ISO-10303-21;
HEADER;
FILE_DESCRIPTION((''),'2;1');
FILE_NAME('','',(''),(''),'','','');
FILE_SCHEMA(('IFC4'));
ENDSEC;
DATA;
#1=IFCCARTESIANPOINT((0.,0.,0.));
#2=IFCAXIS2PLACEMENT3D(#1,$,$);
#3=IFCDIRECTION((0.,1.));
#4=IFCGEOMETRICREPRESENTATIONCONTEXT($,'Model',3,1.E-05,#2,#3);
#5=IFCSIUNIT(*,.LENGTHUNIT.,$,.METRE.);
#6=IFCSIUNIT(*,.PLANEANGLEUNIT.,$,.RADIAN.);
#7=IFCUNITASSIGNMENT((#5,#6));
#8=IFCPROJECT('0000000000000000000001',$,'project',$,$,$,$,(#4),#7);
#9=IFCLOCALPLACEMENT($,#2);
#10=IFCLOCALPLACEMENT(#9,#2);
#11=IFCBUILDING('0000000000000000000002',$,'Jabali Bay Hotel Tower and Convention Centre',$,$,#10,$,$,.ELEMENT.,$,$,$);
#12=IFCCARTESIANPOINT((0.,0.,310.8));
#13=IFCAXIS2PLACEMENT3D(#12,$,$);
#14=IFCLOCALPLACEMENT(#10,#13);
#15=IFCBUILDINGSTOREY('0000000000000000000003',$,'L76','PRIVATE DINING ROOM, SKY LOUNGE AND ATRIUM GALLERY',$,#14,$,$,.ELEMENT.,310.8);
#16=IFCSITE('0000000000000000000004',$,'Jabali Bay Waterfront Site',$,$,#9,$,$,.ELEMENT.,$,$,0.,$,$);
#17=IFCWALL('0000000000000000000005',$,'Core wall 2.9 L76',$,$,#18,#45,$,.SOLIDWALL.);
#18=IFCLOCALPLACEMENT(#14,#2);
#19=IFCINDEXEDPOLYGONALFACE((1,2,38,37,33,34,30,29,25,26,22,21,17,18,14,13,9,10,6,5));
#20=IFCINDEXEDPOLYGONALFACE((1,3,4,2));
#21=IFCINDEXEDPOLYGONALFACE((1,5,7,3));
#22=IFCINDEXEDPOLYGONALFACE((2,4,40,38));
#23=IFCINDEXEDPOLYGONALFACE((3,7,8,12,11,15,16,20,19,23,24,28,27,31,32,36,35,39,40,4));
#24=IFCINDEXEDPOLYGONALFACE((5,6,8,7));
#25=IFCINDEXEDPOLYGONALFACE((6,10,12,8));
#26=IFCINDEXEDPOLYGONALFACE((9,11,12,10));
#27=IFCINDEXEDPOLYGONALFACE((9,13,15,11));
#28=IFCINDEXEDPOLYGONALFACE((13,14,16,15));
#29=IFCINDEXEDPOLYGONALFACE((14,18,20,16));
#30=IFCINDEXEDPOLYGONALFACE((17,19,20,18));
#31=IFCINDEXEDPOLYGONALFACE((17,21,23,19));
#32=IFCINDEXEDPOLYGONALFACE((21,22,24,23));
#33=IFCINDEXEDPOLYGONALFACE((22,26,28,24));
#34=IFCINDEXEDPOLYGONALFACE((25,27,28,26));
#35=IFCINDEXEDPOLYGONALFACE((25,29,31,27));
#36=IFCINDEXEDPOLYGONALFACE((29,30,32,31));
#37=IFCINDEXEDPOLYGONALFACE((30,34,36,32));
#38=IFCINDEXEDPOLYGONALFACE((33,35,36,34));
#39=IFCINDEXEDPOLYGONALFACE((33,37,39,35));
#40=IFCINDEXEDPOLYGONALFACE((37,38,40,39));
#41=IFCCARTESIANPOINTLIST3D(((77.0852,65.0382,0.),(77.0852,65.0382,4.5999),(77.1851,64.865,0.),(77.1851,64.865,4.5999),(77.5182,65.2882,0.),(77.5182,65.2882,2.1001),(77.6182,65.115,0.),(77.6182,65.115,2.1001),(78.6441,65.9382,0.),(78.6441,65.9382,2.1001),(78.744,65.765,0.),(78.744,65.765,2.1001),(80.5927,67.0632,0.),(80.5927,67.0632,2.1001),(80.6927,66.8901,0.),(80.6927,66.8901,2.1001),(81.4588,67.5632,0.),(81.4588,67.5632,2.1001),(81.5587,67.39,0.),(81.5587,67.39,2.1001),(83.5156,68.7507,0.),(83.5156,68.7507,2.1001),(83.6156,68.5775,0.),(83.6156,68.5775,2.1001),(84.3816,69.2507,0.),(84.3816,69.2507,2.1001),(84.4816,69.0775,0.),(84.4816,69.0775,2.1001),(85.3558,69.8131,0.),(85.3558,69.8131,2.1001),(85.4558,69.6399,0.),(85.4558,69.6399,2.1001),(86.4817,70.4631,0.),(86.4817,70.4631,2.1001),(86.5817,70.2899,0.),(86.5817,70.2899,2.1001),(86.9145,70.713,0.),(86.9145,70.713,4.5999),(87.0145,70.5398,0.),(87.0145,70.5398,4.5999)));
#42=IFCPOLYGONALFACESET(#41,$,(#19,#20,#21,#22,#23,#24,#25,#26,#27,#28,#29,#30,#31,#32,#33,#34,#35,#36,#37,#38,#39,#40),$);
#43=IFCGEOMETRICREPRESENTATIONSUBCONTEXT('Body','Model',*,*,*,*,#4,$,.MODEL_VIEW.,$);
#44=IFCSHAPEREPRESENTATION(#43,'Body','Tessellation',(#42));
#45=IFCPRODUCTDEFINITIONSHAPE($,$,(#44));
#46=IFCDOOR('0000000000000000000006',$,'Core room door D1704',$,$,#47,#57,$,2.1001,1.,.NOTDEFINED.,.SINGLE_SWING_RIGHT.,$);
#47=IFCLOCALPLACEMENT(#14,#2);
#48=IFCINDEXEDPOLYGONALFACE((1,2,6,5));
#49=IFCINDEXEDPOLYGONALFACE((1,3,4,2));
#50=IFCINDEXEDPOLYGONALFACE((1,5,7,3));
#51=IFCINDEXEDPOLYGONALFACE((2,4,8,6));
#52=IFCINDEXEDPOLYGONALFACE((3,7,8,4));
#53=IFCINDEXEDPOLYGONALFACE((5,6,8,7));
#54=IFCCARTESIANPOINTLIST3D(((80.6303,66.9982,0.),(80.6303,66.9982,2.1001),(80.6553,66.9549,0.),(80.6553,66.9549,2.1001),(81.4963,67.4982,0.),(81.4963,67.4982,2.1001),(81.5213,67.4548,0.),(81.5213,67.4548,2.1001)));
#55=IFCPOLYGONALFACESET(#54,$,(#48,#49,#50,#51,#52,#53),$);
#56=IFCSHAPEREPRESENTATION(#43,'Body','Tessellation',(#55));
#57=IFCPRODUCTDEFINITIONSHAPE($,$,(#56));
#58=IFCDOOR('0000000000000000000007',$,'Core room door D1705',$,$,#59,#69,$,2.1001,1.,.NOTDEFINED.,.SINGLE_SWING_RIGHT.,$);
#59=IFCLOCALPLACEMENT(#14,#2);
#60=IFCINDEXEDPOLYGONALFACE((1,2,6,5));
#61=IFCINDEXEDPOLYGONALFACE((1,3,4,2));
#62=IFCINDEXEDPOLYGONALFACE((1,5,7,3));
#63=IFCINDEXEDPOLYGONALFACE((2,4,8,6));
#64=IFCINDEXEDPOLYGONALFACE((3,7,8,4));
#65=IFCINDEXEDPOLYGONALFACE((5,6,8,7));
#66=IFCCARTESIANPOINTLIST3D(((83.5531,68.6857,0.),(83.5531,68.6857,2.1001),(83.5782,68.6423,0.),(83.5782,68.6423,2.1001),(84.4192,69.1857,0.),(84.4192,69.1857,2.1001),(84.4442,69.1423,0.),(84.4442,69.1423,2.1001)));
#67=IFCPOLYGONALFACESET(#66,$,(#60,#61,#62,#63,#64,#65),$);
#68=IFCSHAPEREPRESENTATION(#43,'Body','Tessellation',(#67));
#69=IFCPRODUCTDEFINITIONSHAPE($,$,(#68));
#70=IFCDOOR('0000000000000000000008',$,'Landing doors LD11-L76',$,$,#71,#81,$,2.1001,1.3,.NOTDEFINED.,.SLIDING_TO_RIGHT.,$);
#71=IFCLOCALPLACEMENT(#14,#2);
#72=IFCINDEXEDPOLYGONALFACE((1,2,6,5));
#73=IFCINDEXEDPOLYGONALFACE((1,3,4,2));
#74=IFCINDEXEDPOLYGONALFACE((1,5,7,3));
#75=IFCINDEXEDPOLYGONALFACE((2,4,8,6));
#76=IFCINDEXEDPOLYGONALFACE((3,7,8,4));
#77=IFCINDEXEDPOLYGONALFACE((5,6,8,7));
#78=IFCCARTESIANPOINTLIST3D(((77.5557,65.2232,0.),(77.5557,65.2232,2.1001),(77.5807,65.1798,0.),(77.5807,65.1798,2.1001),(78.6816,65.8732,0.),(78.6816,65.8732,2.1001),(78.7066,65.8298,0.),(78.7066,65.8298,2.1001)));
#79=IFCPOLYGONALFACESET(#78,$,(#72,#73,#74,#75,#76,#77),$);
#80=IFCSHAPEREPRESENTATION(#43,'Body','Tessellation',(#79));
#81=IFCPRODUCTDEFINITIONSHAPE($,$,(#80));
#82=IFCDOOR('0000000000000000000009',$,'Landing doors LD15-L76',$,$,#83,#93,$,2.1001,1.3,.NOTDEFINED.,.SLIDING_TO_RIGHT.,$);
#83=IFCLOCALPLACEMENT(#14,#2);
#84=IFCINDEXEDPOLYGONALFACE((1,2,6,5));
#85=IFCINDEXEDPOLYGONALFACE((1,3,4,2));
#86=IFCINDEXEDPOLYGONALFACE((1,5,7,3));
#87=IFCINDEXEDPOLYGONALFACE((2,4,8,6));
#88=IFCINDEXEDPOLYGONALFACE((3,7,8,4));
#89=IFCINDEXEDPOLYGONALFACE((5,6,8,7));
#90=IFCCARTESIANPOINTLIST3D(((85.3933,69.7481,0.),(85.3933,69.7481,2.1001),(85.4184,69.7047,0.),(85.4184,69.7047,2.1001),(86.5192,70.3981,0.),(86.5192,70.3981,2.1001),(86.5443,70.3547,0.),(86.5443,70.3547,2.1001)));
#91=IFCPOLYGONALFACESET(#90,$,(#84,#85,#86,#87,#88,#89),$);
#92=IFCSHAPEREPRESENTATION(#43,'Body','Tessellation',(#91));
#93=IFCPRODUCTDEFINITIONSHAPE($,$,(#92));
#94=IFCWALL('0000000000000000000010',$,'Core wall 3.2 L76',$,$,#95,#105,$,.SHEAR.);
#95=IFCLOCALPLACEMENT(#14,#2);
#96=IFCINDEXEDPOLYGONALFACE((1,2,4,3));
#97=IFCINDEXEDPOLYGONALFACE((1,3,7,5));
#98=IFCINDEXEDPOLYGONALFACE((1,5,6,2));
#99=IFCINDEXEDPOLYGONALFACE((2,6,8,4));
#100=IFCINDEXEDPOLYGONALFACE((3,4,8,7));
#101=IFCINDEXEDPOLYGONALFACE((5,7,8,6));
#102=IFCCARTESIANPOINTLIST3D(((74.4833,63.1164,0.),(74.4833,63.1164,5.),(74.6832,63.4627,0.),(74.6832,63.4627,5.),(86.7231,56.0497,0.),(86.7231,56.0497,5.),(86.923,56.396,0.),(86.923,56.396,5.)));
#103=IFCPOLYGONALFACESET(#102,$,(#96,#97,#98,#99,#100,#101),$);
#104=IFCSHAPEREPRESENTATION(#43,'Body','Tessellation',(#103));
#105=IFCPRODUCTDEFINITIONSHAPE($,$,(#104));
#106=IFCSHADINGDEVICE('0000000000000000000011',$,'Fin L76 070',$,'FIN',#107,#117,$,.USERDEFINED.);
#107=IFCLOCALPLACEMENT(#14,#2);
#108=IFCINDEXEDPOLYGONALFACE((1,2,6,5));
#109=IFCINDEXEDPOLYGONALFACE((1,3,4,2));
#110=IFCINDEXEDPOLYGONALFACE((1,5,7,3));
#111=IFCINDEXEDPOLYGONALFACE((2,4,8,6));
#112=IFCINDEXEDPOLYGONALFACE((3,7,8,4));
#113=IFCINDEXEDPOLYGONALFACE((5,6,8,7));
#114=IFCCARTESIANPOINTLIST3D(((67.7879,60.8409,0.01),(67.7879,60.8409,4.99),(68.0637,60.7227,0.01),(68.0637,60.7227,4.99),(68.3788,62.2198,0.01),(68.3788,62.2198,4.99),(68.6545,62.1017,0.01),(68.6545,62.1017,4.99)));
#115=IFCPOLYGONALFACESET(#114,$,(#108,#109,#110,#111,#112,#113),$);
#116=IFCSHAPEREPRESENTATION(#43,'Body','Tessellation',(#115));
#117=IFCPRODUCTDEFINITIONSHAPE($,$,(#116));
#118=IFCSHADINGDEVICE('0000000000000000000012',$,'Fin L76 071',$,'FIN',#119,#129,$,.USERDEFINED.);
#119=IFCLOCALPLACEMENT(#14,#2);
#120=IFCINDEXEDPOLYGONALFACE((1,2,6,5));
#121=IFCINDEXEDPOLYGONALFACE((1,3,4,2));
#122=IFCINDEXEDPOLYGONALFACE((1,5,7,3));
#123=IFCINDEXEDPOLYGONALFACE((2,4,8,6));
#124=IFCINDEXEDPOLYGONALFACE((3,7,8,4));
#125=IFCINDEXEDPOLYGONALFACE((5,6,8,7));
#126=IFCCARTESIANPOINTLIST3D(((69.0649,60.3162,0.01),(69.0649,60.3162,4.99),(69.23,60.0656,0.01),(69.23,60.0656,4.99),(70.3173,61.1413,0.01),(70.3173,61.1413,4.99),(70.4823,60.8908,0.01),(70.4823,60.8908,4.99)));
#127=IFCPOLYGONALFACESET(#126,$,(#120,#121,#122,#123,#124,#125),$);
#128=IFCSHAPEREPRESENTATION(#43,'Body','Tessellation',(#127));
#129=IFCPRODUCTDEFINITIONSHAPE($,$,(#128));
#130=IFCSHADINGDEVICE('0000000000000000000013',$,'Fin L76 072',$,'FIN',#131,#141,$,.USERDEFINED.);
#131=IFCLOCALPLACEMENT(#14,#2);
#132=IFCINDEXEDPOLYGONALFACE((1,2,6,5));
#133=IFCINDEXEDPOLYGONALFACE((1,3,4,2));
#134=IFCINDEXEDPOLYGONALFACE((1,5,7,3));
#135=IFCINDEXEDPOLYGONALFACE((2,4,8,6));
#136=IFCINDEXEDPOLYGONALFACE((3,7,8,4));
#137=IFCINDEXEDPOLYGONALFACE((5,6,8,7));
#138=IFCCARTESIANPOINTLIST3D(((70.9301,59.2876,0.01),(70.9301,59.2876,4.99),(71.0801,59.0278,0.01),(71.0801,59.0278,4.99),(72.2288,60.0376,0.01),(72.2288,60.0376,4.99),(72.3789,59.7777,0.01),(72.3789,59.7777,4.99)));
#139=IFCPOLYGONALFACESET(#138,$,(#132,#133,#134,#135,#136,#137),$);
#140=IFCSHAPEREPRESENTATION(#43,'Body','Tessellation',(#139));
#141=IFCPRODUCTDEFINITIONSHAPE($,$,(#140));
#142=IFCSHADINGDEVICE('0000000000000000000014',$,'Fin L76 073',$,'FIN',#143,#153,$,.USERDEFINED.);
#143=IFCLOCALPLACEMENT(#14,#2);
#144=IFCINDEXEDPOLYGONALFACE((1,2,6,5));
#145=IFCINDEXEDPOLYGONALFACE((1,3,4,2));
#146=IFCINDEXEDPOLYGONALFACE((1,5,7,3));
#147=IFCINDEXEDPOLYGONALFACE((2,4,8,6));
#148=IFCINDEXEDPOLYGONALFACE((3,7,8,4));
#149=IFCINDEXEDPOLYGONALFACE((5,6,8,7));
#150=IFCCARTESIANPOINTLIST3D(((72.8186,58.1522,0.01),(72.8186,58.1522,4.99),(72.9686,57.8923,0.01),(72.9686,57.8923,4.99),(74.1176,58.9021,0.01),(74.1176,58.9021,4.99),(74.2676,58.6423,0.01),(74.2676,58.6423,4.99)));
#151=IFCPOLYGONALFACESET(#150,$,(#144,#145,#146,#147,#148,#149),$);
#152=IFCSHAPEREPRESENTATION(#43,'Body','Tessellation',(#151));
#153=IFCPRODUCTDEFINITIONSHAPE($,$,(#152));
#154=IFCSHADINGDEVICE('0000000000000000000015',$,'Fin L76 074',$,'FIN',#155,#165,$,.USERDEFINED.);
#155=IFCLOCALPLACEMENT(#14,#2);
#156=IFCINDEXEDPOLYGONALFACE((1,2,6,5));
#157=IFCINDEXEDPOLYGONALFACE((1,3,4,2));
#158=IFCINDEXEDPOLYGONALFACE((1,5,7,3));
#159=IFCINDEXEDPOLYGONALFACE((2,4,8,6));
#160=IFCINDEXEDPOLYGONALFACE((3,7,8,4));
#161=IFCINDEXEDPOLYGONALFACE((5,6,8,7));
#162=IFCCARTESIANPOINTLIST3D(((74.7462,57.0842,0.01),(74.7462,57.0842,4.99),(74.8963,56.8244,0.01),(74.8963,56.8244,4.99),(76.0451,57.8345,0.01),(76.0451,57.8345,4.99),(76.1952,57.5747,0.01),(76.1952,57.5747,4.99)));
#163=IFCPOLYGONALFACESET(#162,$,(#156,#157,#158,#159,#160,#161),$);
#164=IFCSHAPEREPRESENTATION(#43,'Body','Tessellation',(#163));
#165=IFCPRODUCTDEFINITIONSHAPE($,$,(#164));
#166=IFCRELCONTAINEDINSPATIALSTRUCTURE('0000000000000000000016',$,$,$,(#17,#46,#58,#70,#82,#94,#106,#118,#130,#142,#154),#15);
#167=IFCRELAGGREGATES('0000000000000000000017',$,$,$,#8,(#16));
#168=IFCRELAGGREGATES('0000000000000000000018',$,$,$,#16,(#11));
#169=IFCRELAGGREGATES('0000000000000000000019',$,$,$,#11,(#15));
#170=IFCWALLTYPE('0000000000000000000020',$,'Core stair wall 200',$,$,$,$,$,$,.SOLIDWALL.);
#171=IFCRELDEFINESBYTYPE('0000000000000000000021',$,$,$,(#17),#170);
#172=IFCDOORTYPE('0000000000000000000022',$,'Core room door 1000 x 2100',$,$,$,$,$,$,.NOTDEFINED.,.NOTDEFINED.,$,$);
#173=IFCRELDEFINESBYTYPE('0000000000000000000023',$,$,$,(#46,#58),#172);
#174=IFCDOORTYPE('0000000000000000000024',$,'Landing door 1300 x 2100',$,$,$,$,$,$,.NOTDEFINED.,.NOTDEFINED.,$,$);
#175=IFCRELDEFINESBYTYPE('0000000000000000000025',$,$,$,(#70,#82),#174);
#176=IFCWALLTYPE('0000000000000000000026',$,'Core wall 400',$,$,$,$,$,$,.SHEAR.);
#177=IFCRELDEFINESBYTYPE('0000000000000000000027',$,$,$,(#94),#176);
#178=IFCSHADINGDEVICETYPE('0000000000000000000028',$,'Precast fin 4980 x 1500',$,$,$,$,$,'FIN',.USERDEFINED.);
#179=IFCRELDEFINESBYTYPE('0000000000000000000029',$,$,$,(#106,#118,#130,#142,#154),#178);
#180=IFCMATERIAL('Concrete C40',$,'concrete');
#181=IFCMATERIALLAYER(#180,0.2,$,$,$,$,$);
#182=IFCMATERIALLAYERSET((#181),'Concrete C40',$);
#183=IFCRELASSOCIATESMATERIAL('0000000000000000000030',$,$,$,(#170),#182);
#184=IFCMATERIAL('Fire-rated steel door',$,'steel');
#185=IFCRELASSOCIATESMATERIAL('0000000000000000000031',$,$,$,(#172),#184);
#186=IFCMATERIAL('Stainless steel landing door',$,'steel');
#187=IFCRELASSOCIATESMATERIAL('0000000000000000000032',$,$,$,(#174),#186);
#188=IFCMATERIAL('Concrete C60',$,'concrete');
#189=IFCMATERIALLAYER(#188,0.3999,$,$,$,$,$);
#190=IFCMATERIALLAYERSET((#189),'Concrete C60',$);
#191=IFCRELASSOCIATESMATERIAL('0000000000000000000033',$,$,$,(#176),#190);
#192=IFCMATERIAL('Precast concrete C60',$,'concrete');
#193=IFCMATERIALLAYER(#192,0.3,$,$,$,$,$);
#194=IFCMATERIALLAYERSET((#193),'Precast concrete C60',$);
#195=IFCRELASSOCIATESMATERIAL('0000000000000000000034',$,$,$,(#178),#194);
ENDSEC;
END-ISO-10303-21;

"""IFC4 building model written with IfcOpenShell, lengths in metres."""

from ifc_helpers import new_model, si_unit, direction, frame, frame_2d, origin, place, context, subcontext, project, spatial, rectangle, extrude, material, layer, layer_set, type_object, element, fill, save


model = new_model("IFC4")

# Units and contexts
model_context = context("Model", 3, precision=1e-05, world=origin(), true_north=direction((0.0, 1.0)))
body_context = subcontext(model_context, "Body", "Model", "MODEL_VIEW")
ifc_project = project(units=[si_unit("LENGTHUNIT", "METRE"), si_unit("PLANEANGLEUNIT", "RADIAN")], contexts=[model_context])

# Site, building, storey
site_placement = place(None, origin())
site = spatial("IfcSite", under=ifc_project, at=site_placement, Name="Jabali Bay Waterfront Site", CompositionType="ELEMENT", RefElevation=0.0)
building_placement = place(site_placement, origin())
building = spatial("IfcBuilding", under=site, at=building_placement, Name="Jabali Bay Hotel Tower and Convention Centre", CompositionType="ELEMENT")
storey_placement = place(building_placement, frame((0.0, 0.0, 310.8)))
storey = spatial("IfcBuildingStorey", under=building, at=storey_placement, Name="L76", Description="PRIVATE DINING ROOM, SKY LOUNGE AND ATRIUM GALLERY", CompositionType="ELEMENT", Elevation=310.8)

# Shared definitions
ifc_material_1 = material(Name="Concrete C60", Category="concrete")

# Shared definitions
ifc_material_2 = material(Name="Concrete C40", Category="concrete")
ifc_material_3 = material(Name="Fire-rated steel door", Category="steel")

# Shared definitions
ifc_layer_1 = layer(ifc_material_2, 0.2)
ifc_layer_set_1 = layer_set([ifc_layer_1], Name="Concrete C40")
wall_type_1 = type_object("IfcWallType", Name="Core stair wall 200", PredefinedType="SOLIDWALL", material=ifc_layer_set_1)

# Wall, openings, doors
wall_1_placement = place(storey_placement, frame((77.1353, 64.9517, 0.0), z_axis=(0.0, 0.0, 1.0), x_axis=(0.866032, 0.499989, 0.0)))
wall_1 = element("IfcWall", 1, at=wall_1_placement, inside=storey, type_object=wall_type_1, Name="Core wall 2.9 L76", PredefinedType="SOLIDWALL", context=body_context, shape_type="SweptSolid", body=[
    extrude(rectangle(XDim=11.3499, YDim=0.2, at=frame_2d((5.6748, 0.0))), origin(), (0.0, 0.0, 1.0), 4.5999),
])
opening_1_placement = place(wall_1_placement, frame((0.5, 0.0, 0.0)))
opening_1 = element("IfcOpeningElement", 2, at=opening_1_placement, cuts=wall_1, PredefinedType="OPENING", context=body_context, shape_type="SweptSolid", body=[
    extrude(rectangle(XDim=1.3, YDim=2.1001, at=frame_2d((0.6499, 1.05))), frame((0.0, 0.1104, 0.0), z_axis=(0.0, -1.0, 0.0), x_axis=(1.0, 0.0, 0.0)), (0.0, 0.0, 1.0), 0.2209),
])
opening_2_placement = place(wall_1_placement, frame((9.55, 0.0, 0.0)))
opening_2 = element("IfcOpeningElement", 3, at=opening_2_placement, cuts=wall_1, PredefinedType="OPENING", context=body_context, shape_type="SweptSolid", body=[
    extrude(rectangle(XDim=1.3, YDim=2.1001, at=frame_2d((0.6499, 1.05))), frame((0.0, 0.1104, 0.0), z_axis=(0.0, -1.0, 0.0), x_axis=(1.0, 0.0, 0.0)), (0.0, 0.0, 1.0), 0.2209),
])
opening_3_placement = place(wall_1_placement, frame((4.05, 0.0, 0.0)))
opening_3 = element("IfcOpeningElement", 4, at=opening_3_placement, cuts=wall_1, PredefinedType="OPENING", context=body_context, shape_type="SweptSolid", body=[
    extrude(rectangle(XDim=1.0, YDim=2.1001, at=frame_2d((0.5, 1.05))), frame((0.0, 0.1104, 0.0), z_axis=(0.0, -1.0, 0.0), x_axis=(1.0, 0.0, 0.0)), (0.0, 0.0, 1.0), 0.2209),
])
opening_4_placement = place(wall_1_placement, frame((7.425, 0.0, 0.0)))
opening_4 = element("IfcOpeningElement", 5, at=opening_4_placement, cuts=wall_1, PredefinedType="OPENING", context=body_context, shape_type="SweptSolid", body=[
    extrude(rectangle(XDim=1.0, YDim=2.1001, at=frame_2d((0.5, 1.05))), frame((0.0, 0.1104, 0.0), z_axis=(0.0, -1.0, 0.0), x_axis=(1.0, 0.0, 0.0)), (0.0, 0.0, 1.0), 0.2209),
])
door_type_1 = type_object("IfcDoorType", Name="Core room door 1000 x 2100", OperationType="NOTDEFINED", PredefinedType="NOTDEFINED", material=ifc_material_3)
door_1_placement = place(opening_3_placement, origin())
door_1 = element("IfcDoor", 6, at=door_1_placement, inside=storey, type_object=door_type_1, Name="Core room door D1704", OperationType="SINGLE_SWING_RIGHT", OverallHeight=2.1001, OverallWidth=1.0, PredefinedType="NOTDEFINED", context=body_context, shape_type="SweptSolid", body=[
    extrude(rectangle(XDim=1.0, YDim=2.1001, at=frame_2d((0.5, 1.05))), frame((0.0, 0.0249, 0.0), z_axis=(0.0, -1.0, 0.0), x_axis=(1.0, 0.0, 0.0)), (0.0, 0.0, 1.0), 0.05),
])
fill(opening_3, door_1)
door_2_placement = place(opening_4_placement, origin())
door_2 = element("IfcDoor", 7, at=door_2_placement, inside=storey, type_object=door_type_1, Name="Core room door D1705", OperationType="SINGLE_SWING_RIGHT", OverallHeight=2.1001, OverallWidth=1.0, PredefinedType="NOTDEFINED", context=body_context, shape_type="SweptSolid", body=[
    extrude(rectangle(XDim=1.0, YDim=2.1001, at=frame_2d((0.5, 1.05))), frame((0.0, 0.0249, 0.0), z_axis=(0.0, -1.0, 0.0), x_axis=(1.0, 0.0, 0.0)), (0.0, 0.0, 1.0), 0.05),
])
fill(opening_4, door_2)
ifc_material_4 = material(Name="Stainless steel landing door", Category="steel")
door_type_2 = type_object("IfcDoorType", Name="Landing door 1300 x 2100", OperationType="NOTDEFINED", PredefinedType="NOTDEFINED", material=ifc_material_4)
door_3_placement = place(opening_1_placement, origin())
door_3 = element("IfcDoor", 8, at=door_3_placement, inside=storey, type_object=door_type_2, Name="Landing doors LD11-L76", OperationType="SLIDING_TO_RIGHT", OverallHeight=2.1001, OverallWidth=1.3, PredefinedType="NOTDEFINED", context=body_context, shape_type="SweptSolid", body=[
    extrude(rectangle(XDim=1.3, YDim=2.1001, at=frame_2d((0.6499, 1.05))), frame((0.0, 0.0249, 0.0), z_axis=(0.0, -1.0, 0.0), x_axis=(1.0, 0.0, 0.0)), (0.0, 0.0, 1.0), 0.05),
])
fill(opening_1, door_3)
door_4_placement = place(opening_2_placement, origin())
door_4 = element("IfcDoor", 9, at=door_4_placement, inside=storey, type_object=door_type_2, Name="Landing doors LD15-L76", OperationType="SLIDING_TO_RIGHT", OverallHeight=2.1001, OverallWidth=1.3, PredefinedType="NOTDEFINED", context=body_context, shape_type="SweptSolid", body=[
    extrude(rectangle(XDim=1.3, YDim=2.1001, at=frame_2d((0.6499, 1.05))), frame((0.0, 0.0249, 0.0), z_axis=(0.0, -1.0, 0.0), x_axis=(1.0, 0.0, 0.0)), (0.0, 0.0, 1.0), 0.05),
])
fill(opening_2, door_4)

# Wall
ifc_layer_2 = layer(ifc_material_1, 0.3999)
ifc_layer_set_2 = layer_set([ifc_layer_2], Name="Concrete C60")
wall_type_2 = type_object("IfcWallType", Name="Core wall 400", PredefinedType="SHEAR", material=ifc_layer_set_2)
wall_2_placement = place(storey_placement, frame((74.5833, 63.2896, 0.0), z_axis=(0.0, 0.0, 1.0), x_axis=(0.866024, -0.500002, 0.0)))
element("IfcWall", 10, at=wall_2_placement, inside=storey, type_object=wall_type_2, Name="Core wall 3.2 L76", PredefinedType="SHEAR", context=body_context, shape_type="SweptSolid", body=[
    extrude(rectangle(XDim=14.1333, YDim=0.3999, at=frame_2d((7.0667, 0.0))), origin(), (0.0, 0.0, 1.0), 5.0),
])

# Shading devices
ifc_material_5 = material(Name="Precast concrete C60", Category="concrete")
ifc_layer_3 = layer(ifc_material_5, 0.3)
ifc_layer_set_3 = layer_set([ifc_layer_3], Name="Precast concrete C60")
shading_device_type = type_object("IfcShadingDeviceType", Name="Precast fin 4980 x 1500", ElementType="FIN", PredefinedType="USERDEFINED", material=ifc_layer_set_3)
shading_device_placement = place(storey_placement, frame((68.5166, 62.1606, 0.01), z_axis=(0.0, 0.0, 1.0), x_axis=(-0.393841, -0.919179, 0.0)))
element("IfcShadingDevice", 11, at=shading_device_placement, inside=storey, type_object=shading_device_type, Name="Fin L76 070", ObjectType="FIN", PredefinedType="USERDEFINED", context=body_context, shape_type="SweptSolid", body=[
    extrude(rectangle(XDim=1.5002, YDim=0.3, at=frame_2d((0.75, 0.0))), origin(), (0.0, 0.0, 1.0), 4.98),
])
for number, where, z_axis, x_axis, name in (
    (12, (70.3999, 61.0161, 0.01), (0.0, 0.0, 1.0), (-0.835043, -0.550184, 0.0), "Fin L76 071"),
    (13, (72.304, 59.9077, 0.01), (0.0, 0.0, 1.0), (-0.86599, -0.500061, 0.0), "Fin L76 072"),
):
    element("IfcShadingDevice", number, at=place(storey_placement, frame(where, z_axis=z_axis, x_axis=x_axis)), inside=storey, type_object=shading_device_type, Name=name, ObjectType="FIN", PredefinedType="USERDEFINED", context=body_context, shape_type="SweptSolid", body=[
        extrude(rectangle(XDim=1.4998, YDim=0.3, at=frame_2d((0.75, 0.0))), origin(), (0.0, 0.0, 1.0), 4.98),
    ])
for number, where, z_axis, x_axis, name in (
    (14, (74.1926, 58.7722, 0.01), (0.0, 0.0, 1.0), (-0.866031, -0.49999, 0.0), "Fin L76 073"),
    (15, (76.1201, 57.7046, 0.01), (0.0, 0.0, 1.0), (-0.86592, -0.500183, 0.0), "Fin L76 074"),
):
    element("IfcShadingDevice", number, at=place(storey_placement, frame(where, z_axis=z_axis, x_axis=x_axis)), inside=storey, type_object=shading_device_type, Name=name, ObjectType="FIN", PredefinedType="USERDEFINED", context=body_context, shape_type="SweptSolid", body=[
        extrude(rectangle(XDim=1.5, YDim=0.3, at=frame_2d((0.75, 0.0))), origin(), (0.0, 0.0, 1.0), 4.98),
    ])

save(model, "model.ifc")
